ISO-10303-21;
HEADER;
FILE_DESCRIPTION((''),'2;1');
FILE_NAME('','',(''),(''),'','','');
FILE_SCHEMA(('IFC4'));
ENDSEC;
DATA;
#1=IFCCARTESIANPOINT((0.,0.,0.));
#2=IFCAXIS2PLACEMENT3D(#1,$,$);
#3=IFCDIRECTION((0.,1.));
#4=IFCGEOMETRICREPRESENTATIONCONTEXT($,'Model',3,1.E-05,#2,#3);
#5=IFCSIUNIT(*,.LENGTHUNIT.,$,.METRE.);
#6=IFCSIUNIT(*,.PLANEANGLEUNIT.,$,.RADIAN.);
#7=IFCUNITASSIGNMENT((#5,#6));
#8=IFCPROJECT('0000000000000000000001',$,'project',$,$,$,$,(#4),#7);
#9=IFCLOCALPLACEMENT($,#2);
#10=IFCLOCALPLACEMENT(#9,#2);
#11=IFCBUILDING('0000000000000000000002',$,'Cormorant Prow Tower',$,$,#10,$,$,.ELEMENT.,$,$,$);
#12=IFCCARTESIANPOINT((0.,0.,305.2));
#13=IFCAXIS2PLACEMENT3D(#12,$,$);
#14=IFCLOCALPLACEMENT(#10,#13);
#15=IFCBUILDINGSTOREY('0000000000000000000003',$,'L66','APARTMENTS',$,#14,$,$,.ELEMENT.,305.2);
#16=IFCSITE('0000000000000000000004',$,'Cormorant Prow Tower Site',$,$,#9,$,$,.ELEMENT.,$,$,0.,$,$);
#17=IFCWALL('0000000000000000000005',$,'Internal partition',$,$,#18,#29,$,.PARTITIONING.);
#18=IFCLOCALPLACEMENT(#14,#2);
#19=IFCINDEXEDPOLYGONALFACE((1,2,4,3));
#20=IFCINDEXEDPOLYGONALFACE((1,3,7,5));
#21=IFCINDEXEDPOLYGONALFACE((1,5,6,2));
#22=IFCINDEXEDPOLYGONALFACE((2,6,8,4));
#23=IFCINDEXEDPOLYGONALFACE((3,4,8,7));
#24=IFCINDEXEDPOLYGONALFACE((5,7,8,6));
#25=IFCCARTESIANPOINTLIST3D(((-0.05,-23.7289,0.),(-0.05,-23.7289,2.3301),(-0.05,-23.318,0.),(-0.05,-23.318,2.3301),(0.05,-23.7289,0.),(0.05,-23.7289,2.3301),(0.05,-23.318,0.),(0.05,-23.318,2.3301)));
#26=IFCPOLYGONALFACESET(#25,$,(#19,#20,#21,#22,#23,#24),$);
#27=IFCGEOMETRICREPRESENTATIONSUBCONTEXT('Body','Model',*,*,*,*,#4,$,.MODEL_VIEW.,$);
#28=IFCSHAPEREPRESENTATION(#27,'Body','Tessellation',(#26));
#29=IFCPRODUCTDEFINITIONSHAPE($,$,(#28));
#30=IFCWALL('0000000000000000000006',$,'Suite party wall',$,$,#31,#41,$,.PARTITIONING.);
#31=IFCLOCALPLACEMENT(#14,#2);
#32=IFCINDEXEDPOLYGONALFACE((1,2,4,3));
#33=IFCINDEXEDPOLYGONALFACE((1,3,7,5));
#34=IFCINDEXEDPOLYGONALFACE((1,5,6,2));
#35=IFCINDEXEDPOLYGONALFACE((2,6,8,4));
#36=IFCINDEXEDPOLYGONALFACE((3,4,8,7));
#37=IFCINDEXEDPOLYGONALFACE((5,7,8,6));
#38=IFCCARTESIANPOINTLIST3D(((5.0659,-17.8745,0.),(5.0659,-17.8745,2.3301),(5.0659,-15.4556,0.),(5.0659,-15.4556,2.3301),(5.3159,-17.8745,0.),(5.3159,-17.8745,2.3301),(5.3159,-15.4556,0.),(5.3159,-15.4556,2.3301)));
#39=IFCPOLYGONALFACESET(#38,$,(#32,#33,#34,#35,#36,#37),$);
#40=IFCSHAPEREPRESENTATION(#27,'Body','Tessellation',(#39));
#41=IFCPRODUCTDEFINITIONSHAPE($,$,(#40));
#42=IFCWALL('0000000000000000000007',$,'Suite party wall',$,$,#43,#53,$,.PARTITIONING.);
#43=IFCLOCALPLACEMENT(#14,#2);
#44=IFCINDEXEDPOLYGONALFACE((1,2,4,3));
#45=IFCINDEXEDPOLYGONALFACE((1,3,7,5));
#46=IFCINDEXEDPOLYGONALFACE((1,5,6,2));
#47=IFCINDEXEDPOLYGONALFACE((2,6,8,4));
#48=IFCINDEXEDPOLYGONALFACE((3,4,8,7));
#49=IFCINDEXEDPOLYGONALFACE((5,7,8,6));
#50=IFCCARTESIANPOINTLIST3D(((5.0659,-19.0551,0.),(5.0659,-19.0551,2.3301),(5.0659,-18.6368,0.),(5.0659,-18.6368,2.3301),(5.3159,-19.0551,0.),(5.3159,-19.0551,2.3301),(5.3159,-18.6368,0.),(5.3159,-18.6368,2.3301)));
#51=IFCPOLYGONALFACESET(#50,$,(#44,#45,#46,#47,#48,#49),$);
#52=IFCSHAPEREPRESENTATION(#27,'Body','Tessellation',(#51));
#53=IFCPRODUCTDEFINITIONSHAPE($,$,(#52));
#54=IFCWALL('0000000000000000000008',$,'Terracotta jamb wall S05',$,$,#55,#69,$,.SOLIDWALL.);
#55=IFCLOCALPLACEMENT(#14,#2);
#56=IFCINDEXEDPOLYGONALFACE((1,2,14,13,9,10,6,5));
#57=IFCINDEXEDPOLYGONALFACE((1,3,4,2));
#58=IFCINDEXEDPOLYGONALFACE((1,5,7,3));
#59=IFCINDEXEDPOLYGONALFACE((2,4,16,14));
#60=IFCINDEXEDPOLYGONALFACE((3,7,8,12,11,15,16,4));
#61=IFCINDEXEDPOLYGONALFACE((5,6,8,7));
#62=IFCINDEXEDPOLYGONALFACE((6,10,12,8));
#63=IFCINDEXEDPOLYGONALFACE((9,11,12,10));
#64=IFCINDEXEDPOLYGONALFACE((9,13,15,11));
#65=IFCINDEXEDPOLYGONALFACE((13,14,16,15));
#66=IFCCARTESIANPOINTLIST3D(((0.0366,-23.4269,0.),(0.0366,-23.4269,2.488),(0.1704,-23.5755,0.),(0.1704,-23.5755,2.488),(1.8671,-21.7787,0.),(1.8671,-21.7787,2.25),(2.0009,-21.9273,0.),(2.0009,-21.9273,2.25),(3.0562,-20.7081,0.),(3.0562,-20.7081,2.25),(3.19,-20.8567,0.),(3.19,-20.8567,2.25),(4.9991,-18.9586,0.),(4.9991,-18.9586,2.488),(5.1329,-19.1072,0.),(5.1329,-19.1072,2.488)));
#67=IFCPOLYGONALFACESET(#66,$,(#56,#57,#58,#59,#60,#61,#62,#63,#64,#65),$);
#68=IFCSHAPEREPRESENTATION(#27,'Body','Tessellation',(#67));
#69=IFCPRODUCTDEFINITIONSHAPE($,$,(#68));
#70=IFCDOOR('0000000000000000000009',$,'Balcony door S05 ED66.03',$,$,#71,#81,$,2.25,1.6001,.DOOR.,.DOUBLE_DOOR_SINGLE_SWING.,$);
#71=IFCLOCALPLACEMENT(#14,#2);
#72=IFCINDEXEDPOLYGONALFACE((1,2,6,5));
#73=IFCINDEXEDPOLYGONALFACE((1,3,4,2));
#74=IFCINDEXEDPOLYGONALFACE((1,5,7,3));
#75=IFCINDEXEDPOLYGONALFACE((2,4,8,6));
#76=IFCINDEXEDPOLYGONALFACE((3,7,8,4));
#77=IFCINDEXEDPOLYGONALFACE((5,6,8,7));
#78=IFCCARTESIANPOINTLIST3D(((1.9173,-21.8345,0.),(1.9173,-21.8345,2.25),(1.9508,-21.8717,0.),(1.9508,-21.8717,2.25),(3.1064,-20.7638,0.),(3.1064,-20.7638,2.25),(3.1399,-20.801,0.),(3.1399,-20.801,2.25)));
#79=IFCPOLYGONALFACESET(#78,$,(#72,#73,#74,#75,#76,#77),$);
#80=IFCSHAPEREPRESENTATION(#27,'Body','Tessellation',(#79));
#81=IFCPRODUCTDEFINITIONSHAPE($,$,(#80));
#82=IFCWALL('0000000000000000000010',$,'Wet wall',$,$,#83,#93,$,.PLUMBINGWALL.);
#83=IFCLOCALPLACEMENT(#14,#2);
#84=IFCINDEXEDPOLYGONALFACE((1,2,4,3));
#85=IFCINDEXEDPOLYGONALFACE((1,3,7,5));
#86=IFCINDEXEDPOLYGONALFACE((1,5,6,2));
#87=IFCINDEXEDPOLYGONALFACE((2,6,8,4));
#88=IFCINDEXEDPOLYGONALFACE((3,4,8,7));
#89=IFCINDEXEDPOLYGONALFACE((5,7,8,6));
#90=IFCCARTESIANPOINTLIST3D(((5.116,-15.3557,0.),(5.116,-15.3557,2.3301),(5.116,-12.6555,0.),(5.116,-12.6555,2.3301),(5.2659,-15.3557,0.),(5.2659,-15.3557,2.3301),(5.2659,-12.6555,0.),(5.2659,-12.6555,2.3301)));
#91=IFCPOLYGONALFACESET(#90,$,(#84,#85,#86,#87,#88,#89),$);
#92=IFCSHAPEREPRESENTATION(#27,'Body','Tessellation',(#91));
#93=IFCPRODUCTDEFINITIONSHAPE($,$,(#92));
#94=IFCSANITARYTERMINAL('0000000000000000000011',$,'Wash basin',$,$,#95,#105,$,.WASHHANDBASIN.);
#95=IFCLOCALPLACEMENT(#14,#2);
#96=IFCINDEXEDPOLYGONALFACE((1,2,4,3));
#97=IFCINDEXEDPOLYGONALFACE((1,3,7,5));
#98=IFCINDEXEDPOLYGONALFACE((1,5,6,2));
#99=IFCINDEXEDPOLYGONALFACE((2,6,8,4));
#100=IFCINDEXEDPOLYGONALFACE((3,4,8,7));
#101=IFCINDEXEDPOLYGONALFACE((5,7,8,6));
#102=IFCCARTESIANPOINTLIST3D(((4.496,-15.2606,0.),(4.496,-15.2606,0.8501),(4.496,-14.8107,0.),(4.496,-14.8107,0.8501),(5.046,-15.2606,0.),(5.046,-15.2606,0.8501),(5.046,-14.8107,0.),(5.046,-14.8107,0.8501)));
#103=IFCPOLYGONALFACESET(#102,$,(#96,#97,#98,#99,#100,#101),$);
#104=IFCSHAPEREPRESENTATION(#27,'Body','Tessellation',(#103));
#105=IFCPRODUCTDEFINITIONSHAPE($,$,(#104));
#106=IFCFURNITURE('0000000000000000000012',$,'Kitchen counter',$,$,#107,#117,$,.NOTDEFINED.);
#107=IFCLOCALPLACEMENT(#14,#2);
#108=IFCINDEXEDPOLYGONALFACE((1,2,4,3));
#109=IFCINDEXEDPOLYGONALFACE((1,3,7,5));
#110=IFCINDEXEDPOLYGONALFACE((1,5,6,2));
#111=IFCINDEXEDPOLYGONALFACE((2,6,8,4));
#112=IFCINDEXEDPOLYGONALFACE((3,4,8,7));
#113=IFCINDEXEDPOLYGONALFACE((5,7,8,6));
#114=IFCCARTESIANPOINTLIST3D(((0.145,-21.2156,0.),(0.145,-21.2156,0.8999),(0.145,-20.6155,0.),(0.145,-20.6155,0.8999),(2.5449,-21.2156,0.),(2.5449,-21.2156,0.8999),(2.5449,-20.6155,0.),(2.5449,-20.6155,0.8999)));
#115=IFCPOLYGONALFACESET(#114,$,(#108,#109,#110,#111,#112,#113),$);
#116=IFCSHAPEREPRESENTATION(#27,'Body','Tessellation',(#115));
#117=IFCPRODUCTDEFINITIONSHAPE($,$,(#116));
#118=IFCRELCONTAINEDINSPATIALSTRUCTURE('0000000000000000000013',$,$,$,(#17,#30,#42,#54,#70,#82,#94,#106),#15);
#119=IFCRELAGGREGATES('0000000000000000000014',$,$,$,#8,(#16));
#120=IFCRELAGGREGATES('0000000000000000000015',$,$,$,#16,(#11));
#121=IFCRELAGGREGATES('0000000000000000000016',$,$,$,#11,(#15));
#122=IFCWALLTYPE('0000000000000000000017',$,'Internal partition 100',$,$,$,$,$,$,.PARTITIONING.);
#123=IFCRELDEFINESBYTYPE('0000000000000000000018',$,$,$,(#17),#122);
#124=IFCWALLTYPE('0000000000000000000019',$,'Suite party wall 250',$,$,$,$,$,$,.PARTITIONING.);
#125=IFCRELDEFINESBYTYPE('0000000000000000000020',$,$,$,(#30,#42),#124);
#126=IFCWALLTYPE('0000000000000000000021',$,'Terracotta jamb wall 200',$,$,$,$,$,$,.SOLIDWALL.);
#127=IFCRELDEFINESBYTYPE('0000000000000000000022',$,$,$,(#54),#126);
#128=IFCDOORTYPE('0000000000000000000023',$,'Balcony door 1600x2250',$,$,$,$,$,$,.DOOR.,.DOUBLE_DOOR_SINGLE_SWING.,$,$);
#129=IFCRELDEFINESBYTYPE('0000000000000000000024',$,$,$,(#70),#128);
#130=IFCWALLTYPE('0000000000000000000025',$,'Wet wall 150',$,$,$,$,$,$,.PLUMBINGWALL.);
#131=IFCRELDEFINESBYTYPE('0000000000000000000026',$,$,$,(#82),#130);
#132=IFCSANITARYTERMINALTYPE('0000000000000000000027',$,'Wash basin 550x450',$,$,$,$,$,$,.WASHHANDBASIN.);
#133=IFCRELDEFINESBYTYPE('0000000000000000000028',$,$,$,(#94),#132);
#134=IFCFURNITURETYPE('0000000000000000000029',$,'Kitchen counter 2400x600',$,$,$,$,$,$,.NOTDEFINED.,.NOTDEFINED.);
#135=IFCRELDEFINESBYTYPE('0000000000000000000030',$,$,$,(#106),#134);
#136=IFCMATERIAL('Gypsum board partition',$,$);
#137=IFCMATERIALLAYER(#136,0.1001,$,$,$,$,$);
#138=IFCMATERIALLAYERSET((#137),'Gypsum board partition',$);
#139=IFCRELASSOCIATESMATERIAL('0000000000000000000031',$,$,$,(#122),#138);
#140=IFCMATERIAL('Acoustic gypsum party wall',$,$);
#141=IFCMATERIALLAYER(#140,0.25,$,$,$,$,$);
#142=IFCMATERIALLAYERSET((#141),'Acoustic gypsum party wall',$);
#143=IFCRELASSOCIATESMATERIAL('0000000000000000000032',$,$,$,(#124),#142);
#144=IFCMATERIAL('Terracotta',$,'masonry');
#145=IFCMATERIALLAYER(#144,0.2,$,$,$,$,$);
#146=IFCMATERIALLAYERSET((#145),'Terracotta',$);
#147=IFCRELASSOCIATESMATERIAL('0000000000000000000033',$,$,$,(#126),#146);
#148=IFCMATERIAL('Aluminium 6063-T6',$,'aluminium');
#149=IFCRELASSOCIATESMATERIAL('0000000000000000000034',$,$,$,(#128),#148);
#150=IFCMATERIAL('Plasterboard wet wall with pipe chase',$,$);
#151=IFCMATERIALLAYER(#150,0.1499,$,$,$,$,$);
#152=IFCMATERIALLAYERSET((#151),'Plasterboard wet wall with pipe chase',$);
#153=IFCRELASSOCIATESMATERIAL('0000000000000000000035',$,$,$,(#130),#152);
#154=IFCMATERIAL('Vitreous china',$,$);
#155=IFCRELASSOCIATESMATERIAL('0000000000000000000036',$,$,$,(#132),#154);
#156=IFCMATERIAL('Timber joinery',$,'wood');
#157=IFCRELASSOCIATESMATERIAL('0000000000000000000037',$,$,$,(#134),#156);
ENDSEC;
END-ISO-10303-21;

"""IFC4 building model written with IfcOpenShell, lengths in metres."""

from ifc_helpers import new_model, si_unit, direction, frame, frame_2d, origin, origin_2d, place, context, subcontext, project, spatial, rectangle, extrude, material, layer, layer_set, type_object, element, fill, save


model = new_model("IFC4")

# Units and contexts
model_context = context("Model", 3, precision=1e-05, world=origin(), true_north=direction((0.0, 1.0)))
body_context = subcontext(model_context, "Body", "Model", "MODEL_VIEW")
ifc_project = project(units=[si_unit("LENGTHUNIT", "METRE"), si_unit("PLANEANGLEUNIT", "RADIAN")], contexts=[model_context])

# Site, building, storey
site_placement = place(None, origin())
site = spatial("IfcSite", under=ifc_project, at=site_placement, Name="Cormorant Prow Tower Site", CompositionType="ELEMENT", RefElevation=0.0)
building_placement = place(site_placement, origin())
building = spatial("IfcBuilding", under=site, at=building_placement, Name="Cormorant Prow Tower", CompositionType="ELEMENT")
storey_placement = place(building_placement, frame((0.0, 0.0, 305.2)))
storey = spatial("IfcBuildingStorey", under=building, at=storey_placement, Name="L66", Description="APARTMENTS", CompositionType="ELEMENT", Elevation=305.2)

# Shared definitions
ifc_material_1 = material(Name="Gypsum board partition")
ifc_layer_1 = layer(ifc_material_1, 0.1001)
ifc_layer_set_1 = layer_set([ifc_layer_1], Name="Gypsum board partition")
wall_type_1 = type_object("IfcWallType", Name="Internal partition 100", PredefinedType="PARTITIONING", material=ifc_layer_set_1)

# Walls
wall_1_placement = place(storey_placement, frame((0.0, -23.729, 0.0), z_axis=(0.0, 0.0, 1.0), x_axis=(0.0, 1.0, 0.0)))
element("IfcWall", 1, at=wall_1_placement, inside=storey, type_object=wall_type_1, Name="Internal partition", PredefinedType="PARTITIONING", context=body_context, shape_type="SweptSolid", body=[
    extrude(rectangle(XDim=0.4109, YDim=0.1001, at=frame_2d((0.2056, 0.0))), origin(), (0.0, 0.0, 1.0), 2.3301),
])
ifc_material_2 = material(Name="Acoustic gypsum party wall")
ifc_layer_2 = layer(ifc_material_2, 0.25)
ifc_layer_set_2 = layer_set([ifc_layer_2], Name="Acoustic gypsum party wall")
wall_type_2 = type_object("IfcWallType", Name="Suite party wall 250", PredefinedType="PARTITIONING", material=ifc_layer_set_2)
wall_2_placement = place(storey_placement, frame((5.1909, -17.8745, 0.0), z_axis=(0.0, 0.0, 1.0), x_axis=(0.0, 1.0, 0.0)))
element("IfcWall", 2, at=wall_2_placement, inside=storey, type_object=wall_type_2, Name="Suite party wall", PredefinedType="PARTITIONING", context=body_context, shape_type="SweptSolid", body=[
    extrude(rectangle(XDim=2.4189, YDim=0.25, at=frame_2d((1.2095, 0.0))), origin(), (0.0, 0.0, 1.0), 2.3301),
])
wall_3_placement = place(storey_placement, frame((5.1909, -19.0549, 0.0), z_axis=(0.0, 0.0, 1.0), x_axis=(0.0, 1.0, 0.0)))
element("IfcWall", 3, at=wall_3_placement, inside=storey, type_object=wall_type_2, Name="Suite party wall", PredefinedType="PARTITIONING", context=body_context, shape_type="SweptSolid", body=[
    extrude(rectangle(XDim=0.4182, YDim=0.25, at=frame_2d((0.209, 0.0))), origin(), (0.0, 0.0, 1.0), 2.3301),
])

# Wall, opening, door
ifc_material_3 = material(Name="Terracotta", Category="masonry")
ifc_layer_3 = layer(ifc_material_3, 0.2)
ifc_layer_set_3 = layer_set([ifc_layer_3], Name="Terracotta")
wall_type_3 = type_object("IfcWallType", Name="Terracotta jamb wall 200", PredefinedType="SOLIDWALL", material=ifc_layer_set_3)
wall_4_placement = place(storey_placement, frame((0.1035, -23.5012, 0.0), z_axis=(0.0, 0.0, 1.0), x_axis=(0.743138, 0.669138, 0.0)))
wall_4 = element("IfcWall", 4, at=wall_4_placement, inside=storey, type_object=wall_type_3, Name="Terracotta jamb wall S05", PredefinedType="SOLIDWALL", context=body_context, shape_type="SweptSolid", body=[
    extrude(rectangle(XDim=6.6777, YDim=0.2, at=frame_2d((3.3389, 0.0))), origin(), (0.0, 0.0, 1.0), 2.488),
])
opening_1_placement = place(wall_4_placement, frame((2.4631, 0.0, 0.0)))
opening_1 = element("IfcOpeningElement", 5, at=opening_1_placement, cuts=wall_4, PredefinedType="OPENING", context=body_context, shape_type="SweptSolid", body=[
    extrude(rectangle(XDim=1.6001, YDim=2.25, at=frame_2d((0.8, 1.125))), frame((0.0, 0.1099, 0.0), z_axis=(0.0, -1.0, 0.0), x_axis=(1.0, 0.0, 0.0)), (0.0, 0.0, 1.0), 0.22),
])
ifc_material_4 = material(Name="Aluminium 6063-T6", Category="aluminium")
door_type_1 = type_object("IfcDoorType", Name="Balcony door 1600x2250", OperationType="DOUBLE_DOOR_SINGLE_SWING", PredefinedType="DOOR", material=ifc_material_4)
door_1_placement = place(opening_1_placement, origin())
door_1 = element("IfcDoor", 6, at=door_1_placement, inside=storey, type_object=door_type_1, Name="Balcony door S05 ED66.03", OperationType="DOUBLE_DOOR_SINGLE_SWING", OverallHeight=2.25, OverallWidth=1.6001, PredefinedType="DOOR", context=body_context, shape_type="SweptSolid", body=[
    extrude(rectangle(XDim=1.6001, YDim=2.25, at=frame_2d((0.8, 1.125))), frame((0.0, 0.0249, 0.0), z_axis=(0.0, -1.0, 0.0), x_axis=(1.0, 0.0, 0.0)), (0.0, 0.0, 1.0), 0.05),
])
fill(opening_1, door_1)

# Wall
ifc_material_5 = material(Name="Plasterboard wet wall with pipe chase")
ifc_layer_4 = layer(ifc_material_5, 0.1499)
ifc_layer_set_4 = layer_set([ifc_layer_4], Name="Plasterboard wet wall with pipe chase")
wall_type_4 = type_object("IfcWallType", Name="Wet wall 150", PredefinedType="PLUMBINGWALL", material=ifc_layer_set_4)
wall_5_placement = place(storey_placement, frame((5.1909, -15.3557, 0.0), z_axis=(0.0, 0.0, 1.0), x_axis=(0.0, 1.0, 0.0)))
element("IfcWall", 7, at=wall_5_placement, inside=storey, type_object=wall_type_4, Name="Wet wall", PredefinedType="PLUMBINGWALL", context=body_context, shape_type="SweptSolid", body=[
    extrude(rectangle(XDim=2.7002, YDim=0.1499, at=frame_2d((1.3501, 0.0))), origin(), (0.0, 0.0, 1.0), 2.3301),
])

# Sanitary terminal
ifc_material_6 = material(Name="Vitreous china")
sanitary_terminal_type = type_object("IfcSanitaryTerminalType", Name="Wash basin 550x450", PredefinedType="WASHHANDBASIN", material=ifc_material_6)
sanitary_terminal_placement = place(storey_placement, frame((4.771, -15.0356, 0.0), z_axis=(0.0, 0.0, 1.0), x_axis=(-1.0, 0.0, 0.0)))
element("IfcSanitaryTerminal", 8, at=sanitary_terminal_placement, inside=storey, type_object=sanitary_terminal_type, Name="Wash basin", PredefinedType="WASHHANDBASIN", context=body_context, shape_type="SweptSolid", body=[
    extrude(rectangle(XDim=0.55, YDim=0.45, at=origin_2d()), origin(), (0.0, 0.0, 1.0), 0.8501),
])

# Furniture
ifc_material_7 = material(Name="Timber joinery", Category="wood")
furniture_type = type_object("IfcFurnitureType", Name="Kitchen counter 2400x600", AssemblyPlace="NOTDEFINED", PredefinedType="NOTDEFINED", material=ifc_material_7)
furniture_placement = place(storey_placement, frame((1.345, -20.9155, 0.0), z_axis=(0.0, 0.0, 1.0), x_axis=(1.0, 0.0, 0.0)))
element("IfcFurniture", 9, at=furniture_placement, inside=storey, type_object=furniture_type, Name="Kitchen counter", PredefinedType="NOTDEFINED", context=body_context, shape_type="SweptSolid", body=[
    extrude(rectangle(XDim=2.3999, YDim=0.6001, at=origin_2d()), origin(), (0.0, 0.0, 1.0), 0.8999),
])

save(model, "model.ifc")
